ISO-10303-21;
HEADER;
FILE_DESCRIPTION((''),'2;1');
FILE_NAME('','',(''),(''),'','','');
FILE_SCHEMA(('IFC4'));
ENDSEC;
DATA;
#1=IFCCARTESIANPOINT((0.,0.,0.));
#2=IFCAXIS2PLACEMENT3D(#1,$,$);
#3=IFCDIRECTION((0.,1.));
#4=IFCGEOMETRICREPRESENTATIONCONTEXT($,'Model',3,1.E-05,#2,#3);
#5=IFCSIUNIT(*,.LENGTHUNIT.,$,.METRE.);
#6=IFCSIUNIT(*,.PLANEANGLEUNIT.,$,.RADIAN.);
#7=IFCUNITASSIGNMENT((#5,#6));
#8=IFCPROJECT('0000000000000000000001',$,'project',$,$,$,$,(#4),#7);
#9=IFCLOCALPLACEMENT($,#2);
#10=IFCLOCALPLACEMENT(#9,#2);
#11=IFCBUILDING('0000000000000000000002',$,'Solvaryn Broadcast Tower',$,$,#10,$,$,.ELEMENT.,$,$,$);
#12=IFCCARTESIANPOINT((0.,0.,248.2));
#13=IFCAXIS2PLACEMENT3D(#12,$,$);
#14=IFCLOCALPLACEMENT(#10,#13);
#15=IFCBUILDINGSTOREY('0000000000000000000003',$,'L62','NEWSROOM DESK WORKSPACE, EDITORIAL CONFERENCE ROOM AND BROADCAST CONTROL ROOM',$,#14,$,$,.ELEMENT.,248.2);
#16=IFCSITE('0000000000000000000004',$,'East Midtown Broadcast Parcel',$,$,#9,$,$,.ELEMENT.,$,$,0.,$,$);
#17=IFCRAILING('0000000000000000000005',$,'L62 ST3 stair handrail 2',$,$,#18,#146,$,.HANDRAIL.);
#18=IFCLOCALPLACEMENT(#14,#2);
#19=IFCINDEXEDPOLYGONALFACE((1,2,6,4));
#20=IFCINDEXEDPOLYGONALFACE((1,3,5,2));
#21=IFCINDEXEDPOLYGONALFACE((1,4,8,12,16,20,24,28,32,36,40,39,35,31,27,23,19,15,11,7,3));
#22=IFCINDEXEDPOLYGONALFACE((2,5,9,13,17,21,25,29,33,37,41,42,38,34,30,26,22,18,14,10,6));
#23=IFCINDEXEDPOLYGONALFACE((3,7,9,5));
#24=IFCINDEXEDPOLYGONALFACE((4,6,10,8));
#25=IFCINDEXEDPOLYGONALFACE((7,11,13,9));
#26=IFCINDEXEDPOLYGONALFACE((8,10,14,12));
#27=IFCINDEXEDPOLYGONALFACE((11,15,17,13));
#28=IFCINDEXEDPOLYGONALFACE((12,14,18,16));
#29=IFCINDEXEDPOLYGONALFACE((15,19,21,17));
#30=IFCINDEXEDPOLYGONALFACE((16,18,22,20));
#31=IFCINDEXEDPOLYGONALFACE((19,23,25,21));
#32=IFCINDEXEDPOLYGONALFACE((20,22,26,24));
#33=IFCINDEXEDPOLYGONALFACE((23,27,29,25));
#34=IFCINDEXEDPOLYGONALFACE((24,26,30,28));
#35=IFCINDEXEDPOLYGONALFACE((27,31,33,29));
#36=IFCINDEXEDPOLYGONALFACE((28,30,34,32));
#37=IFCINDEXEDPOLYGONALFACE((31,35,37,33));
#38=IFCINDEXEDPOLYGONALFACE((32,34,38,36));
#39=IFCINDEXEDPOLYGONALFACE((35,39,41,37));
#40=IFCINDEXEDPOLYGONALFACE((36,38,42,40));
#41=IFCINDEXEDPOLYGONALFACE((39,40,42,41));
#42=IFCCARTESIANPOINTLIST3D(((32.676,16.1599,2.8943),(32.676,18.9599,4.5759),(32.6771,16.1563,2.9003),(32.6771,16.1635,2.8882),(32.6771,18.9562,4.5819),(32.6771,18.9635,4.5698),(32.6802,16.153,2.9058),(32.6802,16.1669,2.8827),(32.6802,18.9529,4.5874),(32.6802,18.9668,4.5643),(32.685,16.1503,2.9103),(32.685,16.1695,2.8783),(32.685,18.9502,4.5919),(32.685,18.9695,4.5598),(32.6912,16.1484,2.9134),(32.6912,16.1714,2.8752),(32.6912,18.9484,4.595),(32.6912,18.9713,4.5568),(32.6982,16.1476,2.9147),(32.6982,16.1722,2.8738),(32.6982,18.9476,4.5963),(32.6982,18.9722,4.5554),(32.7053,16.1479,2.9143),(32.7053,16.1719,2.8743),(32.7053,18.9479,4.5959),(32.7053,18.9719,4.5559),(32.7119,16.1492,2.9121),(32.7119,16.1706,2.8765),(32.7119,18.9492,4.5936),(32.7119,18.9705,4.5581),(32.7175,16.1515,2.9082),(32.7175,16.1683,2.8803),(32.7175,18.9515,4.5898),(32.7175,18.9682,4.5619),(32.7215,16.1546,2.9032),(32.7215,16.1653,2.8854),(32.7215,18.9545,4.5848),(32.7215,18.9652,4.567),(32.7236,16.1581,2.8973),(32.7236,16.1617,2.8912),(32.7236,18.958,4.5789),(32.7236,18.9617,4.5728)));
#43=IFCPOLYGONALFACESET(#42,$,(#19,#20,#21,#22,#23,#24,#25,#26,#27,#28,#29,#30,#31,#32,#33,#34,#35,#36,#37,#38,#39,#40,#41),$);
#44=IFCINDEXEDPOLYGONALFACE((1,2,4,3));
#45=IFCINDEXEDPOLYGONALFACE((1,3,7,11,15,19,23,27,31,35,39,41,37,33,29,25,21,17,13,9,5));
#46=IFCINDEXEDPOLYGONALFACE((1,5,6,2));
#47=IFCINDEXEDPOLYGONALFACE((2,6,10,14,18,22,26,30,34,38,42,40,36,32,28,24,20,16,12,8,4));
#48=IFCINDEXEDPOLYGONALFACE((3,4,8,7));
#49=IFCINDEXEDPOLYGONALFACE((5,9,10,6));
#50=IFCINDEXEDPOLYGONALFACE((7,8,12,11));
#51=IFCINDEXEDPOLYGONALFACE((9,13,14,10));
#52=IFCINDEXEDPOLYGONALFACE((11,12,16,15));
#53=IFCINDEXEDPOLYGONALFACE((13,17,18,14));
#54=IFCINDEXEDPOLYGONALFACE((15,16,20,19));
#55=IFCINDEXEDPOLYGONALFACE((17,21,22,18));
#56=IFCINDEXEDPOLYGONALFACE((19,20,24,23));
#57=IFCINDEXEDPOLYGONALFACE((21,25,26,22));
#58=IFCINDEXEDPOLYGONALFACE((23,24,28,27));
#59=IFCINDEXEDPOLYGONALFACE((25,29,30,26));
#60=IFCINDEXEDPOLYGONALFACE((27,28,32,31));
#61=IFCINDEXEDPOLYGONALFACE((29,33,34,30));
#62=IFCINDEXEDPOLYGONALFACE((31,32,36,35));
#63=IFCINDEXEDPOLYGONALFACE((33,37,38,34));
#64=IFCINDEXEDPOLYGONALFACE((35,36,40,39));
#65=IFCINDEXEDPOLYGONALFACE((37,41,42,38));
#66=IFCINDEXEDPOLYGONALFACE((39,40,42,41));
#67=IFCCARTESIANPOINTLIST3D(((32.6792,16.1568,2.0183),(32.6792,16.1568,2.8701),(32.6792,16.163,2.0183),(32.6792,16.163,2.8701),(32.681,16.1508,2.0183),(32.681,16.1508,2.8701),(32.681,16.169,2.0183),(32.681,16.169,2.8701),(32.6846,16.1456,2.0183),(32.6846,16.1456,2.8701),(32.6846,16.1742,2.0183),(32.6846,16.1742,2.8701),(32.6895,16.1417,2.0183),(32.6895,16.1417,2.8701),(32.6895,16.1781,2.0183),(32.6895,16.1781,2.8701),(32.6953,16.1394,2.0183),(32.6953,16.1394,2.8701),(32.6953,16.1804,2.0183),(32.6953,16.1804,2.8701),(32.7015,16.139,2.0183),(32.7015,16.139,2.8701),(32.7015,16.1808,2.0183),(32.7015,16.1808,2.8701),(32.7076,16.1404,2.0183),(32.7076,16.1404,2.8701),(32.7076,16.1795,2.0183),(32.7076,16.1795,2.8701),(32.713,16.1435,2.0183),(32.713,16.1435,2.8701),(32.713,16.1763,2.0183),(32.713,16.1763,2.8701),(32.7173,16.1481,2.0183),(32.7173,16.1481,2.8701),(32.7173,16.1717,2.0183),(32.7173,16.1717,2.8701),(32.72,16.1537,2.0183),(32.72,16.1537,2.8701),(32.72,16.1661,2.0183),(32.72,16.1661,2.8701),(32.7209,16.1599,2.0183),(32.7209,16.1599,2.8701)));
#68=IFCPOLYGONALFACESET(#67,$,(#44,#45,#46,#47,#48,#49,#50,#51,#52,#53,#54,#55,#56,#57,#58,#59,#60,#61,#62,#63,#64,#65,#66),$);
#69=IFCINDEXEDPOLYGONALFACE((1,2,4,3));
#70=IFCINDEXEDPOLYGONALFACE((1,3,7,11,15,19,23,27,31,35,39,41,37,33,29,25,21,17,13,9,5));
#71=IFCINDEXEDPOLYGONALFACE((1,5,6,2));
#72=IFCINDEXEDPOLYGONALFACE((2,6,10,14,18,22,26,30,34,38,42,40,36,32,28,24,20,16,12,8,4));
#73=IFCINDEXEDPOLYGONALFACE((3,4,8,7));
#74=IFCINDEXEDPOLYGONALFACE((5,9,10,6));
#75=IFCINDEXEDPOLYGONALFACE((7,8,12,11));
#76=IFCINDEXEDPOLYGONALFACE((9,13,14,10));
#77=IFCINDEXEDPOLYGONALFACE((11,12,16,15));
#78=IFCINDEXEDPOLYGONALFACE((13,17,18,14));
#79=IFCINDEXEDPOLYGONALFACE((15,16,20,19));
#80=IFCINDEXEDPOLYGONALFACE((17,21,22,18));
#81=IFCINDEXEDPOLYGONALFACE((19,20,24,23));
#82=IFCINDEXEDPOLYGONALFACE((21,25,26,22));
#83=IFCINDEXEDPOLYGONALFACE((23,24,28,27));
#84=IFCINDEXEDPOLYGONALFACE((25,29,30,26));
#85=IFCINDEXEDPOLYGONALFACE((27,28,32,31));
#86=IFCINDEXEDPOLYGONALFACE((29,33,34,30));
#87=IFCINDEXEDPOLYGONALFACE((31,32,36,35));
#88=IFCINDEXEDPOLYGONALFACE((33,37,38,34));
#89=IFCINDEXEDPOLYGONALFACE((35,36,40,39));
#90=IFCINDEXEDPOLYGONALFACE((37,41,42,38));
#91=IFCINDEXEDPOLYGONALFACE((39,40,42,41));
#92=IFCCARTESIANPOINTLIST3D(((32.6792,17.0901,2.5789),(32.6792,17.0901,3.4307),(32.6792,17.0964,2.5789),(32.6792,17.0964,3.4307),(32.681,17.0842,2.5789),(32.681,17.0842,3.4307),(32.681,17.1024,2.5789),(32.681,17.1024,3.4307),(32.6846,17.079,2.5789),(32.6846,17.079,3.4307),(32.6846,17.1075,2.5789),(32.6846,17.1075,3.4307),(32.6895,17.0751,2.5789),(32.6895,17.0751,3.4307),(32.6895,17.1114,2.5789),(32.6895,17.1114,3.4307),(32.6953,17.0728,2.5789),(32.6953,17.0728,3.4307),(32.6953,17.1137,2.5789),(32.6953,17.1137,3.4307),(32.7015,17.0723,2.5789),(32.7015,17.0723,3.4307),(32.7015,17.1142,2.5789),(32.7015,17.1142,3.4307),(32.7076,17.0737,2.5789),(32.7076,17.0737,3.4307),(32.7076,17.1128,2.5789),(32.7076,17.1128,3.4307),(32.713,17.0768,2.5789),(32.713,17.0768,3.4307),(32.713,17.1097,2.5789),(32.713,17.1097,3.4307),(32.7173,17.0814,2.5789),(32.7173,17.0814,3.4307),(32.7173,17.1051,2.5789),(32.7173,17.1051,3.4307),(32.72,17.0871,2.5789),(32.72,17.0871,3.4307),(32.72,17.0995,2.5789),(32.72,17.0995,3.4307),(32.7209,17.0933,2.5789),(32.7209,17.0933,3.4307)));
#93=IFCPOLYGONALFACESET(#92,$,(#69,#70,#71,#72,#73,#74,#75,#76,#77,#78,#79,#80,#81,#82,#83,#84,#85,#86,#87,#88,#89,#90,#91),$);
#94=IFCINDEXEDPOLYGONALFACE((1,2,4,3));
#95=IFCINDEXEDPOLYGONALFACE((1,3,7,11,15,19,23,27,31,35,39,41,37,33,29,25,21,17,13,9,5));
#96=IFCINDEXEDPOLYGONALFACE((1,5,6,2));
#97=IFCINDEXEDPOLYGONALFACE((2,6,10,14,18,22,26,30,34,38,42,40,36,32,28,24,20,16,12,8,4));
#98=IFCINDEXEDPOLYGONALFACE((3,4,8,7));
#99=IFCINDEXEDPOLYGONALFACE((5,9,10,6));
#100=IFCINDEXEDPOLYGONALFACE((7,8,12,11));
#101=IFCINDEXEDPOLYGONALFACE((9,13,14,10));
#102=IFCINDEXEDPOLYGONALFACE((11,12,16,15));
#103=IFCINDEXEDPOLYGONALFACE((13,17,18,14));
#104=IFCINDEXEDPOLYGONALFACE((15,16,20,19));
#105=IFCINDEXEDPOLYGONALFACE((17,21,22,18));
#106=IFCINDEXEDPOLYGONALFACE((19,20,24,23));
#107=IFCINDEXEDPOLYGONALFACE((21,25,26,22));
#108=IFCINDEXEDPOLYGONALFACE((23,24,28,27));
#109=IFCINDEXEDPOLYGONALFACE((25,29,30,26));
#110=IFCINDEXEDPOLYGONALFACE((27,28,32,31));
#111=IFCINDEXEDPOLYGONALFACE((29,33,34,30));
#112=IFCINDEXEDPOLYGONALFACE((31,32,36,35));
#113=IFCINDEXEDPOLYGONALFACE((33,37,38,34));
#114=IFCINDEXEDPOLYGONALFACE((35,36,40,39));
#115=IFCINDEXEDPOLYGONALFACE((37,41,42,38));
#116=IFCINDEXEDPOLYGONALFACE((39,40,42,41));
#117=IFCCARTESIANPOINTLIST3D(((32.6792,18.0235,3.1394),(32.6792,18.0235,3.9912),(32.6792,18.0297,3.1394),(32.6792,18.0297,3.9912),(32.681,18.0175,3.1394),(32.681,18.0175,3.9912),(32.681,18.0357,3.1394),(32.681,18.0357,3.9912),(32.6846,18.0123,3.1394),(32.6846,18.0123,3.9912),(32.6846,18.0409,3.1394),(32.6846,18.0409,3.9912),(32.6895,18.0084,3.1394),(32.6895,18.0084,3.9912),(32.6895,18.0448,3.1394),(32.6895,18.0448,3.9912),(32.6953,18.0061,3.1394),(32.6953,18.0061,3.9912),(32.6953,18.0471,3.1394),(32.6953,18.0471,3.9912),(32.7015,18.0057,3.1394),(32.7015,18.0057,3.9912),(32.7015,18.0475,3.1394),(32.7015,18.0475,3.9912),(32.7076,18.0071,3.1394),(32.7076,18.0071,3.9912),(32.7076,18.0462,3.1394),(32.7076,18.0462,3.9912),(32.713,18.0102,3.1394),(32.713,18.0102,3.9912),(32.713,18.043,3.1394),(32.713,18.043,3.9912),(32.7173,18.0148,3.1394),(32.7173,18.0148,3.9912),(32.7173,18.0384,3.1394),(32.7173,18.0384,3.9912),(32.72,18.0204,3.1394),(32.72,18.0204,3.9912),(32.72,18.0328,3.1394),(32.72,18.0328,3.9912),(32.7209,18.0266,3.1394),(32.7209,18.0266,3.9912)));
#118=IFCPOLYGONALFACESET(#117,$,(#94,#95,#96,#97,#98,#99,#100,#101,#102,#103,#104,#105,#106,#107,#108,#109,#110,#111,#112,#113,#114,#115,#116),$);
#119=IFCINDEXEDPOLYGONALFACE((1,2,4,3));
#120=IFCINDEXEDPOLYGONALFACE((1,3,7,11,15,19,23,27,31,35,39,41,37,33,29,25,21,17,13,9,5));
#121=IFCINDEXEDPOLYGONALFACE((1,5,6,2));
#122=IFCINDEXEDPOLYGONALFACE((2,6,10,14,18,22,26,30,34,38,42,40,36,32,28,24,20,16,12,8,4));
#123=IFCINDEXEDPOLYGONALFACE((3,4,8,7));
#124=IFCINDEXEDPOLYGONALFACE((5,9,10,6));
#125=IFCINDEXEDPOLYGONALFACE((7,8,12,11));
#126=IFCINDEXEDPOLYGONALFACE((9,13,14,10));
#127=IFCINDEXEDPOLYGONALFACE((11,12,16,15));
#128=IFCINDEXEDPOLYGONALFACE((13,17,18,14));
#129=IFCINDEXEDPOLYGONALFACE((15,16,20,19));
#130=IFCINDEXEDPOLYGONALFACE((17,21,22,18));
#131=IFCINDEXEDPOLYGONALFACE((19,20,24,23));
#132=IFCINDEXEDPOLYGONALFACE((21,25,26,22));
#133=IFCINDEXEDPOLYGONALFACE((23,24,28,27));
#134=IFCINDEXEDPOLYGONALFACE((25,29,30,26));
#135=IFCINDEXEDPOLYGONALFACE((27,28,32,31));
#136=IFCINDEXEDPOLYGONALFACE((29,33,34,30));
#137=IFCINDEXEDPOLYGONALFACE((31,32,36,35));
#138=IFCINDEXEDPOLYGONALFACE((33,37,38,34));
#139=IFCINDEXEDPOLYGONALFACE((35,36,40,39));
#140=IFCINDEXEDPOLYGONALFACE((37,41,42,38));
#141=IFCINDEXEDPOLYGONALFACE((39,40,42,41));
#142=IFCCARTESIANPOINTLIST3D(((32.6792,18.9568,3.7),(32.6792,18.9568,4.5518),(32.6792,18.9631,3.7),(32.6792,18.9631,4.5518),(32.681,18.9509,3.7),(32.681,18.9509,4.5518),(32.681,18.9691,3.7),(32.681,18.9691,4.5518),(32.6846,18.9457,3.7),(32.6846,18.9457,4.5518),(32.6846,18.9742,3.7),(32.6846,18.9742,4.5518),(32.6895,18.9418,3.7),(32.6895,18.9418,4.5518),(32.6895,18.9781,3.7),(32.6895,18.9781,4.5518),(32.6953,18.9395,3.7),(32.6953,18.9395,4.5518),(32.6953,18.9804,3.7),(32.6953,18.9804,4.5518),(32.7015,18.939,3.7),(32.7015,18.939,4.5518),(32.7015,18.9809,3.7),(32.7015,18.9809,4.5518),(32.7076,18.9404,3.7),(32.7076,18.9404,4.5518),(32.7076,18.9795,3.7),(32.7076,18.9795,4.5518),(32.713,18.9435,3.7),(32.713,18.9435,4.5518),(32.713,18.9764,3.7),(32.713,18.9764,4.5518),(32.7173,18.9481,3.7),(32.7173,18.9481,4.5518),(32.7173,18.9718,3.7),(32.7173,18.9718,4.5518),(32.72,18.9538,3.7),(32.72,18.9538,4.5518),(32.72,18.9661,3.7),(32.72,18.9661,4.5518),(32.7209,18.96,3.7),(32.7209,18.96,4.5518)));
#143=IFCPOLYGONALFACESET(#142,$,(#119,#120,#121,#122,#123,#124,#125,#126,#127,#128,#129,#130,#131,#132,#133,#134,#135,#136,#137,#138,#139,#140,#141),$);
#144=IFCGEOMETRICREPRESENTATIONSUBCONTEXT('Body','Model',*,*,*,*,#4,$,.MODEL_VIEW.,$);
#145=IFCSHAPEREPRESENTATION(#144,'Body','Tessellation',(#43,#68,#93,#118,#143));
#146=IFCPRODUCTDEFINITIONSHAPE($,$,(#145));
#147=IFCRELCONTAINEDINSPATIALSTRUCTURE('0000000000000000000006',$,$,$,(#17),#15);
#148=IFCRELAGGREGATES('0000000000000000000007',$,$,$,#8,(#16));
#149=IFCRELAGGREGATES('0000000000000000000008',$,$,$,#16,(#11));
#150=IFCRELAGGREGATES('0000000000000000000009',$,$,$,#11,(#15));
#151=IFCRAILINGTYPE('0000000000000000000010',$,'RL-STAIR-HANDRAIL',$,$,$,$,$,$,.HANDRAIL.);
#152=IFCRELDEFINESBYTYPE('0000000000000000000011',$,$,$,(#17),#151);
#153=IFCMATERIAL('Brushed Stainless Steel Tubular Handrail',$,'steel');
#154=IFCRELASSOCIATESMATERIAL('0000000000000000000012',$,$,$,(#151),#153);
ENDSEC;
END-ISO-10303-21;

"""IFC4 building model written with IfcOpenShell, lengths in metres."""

from ifc_helpers import new_model, si_unit, direction, frame, origin, origin_2d, place, context, subcontext, project, spatial, circle, extrude, material, type_object, element, save


model = new_model("IFC4")

# Units and contexts
model_context = context("Model", 3, precision=1e-05, world=origin(), true_north=direction((0.0, 1.0)))
body_context = subcontext(model_context, "Body", "Model", "MODEL_VIEW")
ifc_project = project(units=[si_unit("LENGTHUNIT", "METRE"), si_unit("PLANEANGLEUNIT", "RADIAN")], contexts=[model_context])

# Site, building, storey
site_placement = place(None, origin())
site = spatial("IfcSite", under=ifc_project, at=site_placement, Name="East Midtown Broadcast Parcel", CompositionType="ELEMENT", RefElevation=0.0)
building_placement = place(site_placement, origin())
building = spatial("IfcBuilding", under=site, at=building_placement, Name="Solvaryn Broadcast Tower", CompositionType="ELEMENT")
storey_placement = place(building_placement, frame((0.0, 0.0, 248.2)))
storey = spatial("IfcBuildingStorey", under=building, at=storey_placement, Name="L62", Description="NEWSROOM DESK WORKSPACE, EDITORIAL CONFERENCE ROOM AND BROADCAST CONTROL ROOM", CompositionType="ELEMENT", Elevation=248.2)

# Railing
ifc_material_1 = material(Name="Brushed Stainless Steel Tubular Handrail", Category="steel")
railing_type_1 = type_object("IfcRailingType", Name="RL-STAIR-HANDRAIL", PredefinedType="HANDRAIL", material=ifc_material_1)
railing_1_placement = place(storey_placement, frame((32.7, 16.1599, 2.0183)))
element("IfcRailing", 1, at=railing_1_placement, inside=storey, type_object=railing_type_1, Name="L62 ST3 stair handrail 2", PredefinedType="HANDRAIL", context=body_context, shape_type="SweptSolid", body=[
    extrude(circle(Radius=0.0239, at=origin_2d()), frame((0.0, 0.0, 0.876), z_axis=(0.0, 0.857275, 0.514858), x_axis=(-1.0, 0.0, 0.0)), (0.0, 0.0, 1.0), 3.2661),
    extrude(circle(Radius=0.021, at=origin_2d()), origin(), (0.0, 0.0, 1.0), 0.8518),
    extrude(circle(Radius=0.021, at=origin_2d()), frame((0.0, 0.9333, 0.5605)), (0.0, 0.0, 1.0), 0.8518),
    extrude(circle(Radius=0.021, at=origin_2d()), frame((0.0, 1.8667, 1.1211)), (0.0, 0.0, 1.0), 0.8518),
    extrude(circle(Radius=0.021, at=origin_2d()), frame((0.0, 2.8, 1.6816)), (0.0, 0.0, 1.0), 0.8518),
])

save(model, "model.ifc")
